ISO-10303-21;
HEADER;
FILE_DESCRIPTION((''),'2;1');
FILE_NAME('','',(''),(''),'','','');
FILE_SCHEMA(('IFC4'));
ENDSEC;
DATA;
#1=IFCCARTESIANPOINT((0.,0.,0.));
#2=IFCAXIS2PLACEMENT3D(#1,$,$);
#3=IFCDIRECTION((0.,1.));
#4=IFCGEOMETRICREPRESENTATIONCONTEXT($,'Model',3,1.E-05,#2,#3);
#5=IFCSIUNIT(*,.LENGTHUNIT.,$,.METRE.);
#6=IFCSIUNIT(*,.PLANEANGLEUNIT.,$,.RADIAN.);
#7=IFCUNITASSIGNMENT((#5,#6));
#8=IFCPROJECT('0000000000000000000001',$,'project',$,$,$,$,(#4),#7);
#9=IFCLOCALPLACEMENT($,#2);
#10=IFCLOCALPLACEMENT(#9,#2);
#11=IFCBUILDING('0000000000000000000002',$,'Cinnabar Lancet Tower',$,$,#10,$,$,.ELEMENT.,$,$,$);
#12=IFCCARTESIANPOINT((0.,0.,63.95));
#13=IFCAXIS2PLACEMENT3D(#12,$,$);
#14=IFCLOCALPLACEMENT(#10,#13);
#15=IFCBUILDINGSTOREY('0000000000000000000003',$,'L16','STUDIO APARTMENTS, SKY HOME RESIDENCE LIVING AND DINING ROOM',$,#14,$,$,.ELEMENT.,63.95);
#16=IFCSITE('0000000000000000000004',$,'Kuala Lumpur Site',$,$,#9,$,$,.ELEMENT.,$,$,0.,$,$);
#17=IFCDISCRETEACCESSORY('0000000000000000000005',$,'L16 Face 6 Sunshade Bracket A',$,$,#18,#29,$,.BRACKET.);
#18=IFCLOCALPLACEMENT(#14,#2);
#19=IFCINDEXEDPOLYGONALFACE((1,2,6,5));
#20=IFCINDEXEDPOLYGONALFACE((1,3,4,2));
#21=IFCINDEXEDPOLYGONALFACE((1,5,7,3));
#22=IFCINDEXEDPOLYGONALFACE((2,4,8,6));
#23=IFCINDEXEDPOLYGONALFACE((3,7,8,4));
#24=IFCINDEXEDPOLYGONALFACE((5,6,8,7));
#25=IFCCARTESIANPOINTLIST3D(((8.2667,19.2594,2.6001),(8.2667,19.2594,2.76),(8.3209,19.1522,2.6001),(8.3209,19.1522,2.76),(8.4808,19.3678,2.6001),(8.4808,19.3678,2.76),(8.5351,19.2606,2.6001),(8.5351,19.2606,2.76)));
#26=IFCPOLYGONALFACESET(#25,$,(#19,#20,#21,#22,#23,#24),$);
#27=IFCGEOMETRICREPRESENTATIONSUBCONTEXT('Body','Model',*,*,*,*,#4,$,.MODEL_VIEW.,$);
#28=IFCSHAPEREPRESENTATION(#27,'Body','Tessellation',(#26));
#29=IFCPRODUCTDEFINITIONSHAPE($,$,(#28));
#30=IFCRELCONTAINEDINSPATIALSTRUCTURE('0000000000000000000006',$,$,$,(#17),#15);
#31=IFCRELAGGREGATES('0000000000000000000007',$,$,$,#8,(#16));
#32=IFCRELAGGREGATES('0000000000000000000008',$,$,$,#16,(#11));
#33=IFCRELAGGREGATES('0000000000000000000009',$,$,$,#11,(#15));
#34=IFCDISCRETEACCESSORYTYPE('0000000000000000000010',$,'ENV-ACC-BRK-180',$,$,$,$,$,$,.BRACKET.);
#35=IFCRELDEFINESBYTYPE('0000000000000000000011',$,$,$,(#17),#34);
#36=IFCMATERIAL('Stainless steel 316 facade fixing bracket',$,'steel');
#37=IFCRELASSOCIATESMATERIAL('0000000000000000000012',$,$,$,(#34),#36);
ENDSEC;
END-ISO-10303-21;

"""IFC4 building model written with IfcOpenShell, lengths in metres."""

from ifc_helpers import new_model, si_unit, direction, frame, origin, origin_2d, place, context, subcontext, project, spatial, rectangle, extrude, material, type_object, element, save


model = new_model("IFC4")

# Units and contexts
model_context = context("Model", 3, precision=1e-05, world=origin(), true_north=direction((0.0, 1.0)))
body_context = subcontext(model_context, "Body", "Model", "MODEL_VIEW")
ifc_project = project(units=[si_unit("LENGTHUNIT", "METRE"), si_unit("PLANEANGLEUNIT", "RADIAN")], contexts=[model_context])

# Site, building, storey
site_placement = place(None, origin())
site = spatial("IfcSite", under=ifc_project, at=site_placement, Name="Kuala Lumpur Site", CompositionType="ELEMENT", RefElevation=0.0)
building_placement = place(site_placement, origin())
building = spatial("IfcBuilding", under=site, at=building_placement, Name="Cinnabar Lancet Tower", CompositionType="ELEMENT")
storey_placement = place(building_placement, frame((0.0, 0.0, 63.95)))
storey = spatial("IfcBuildingStorey", under=building, at=storey_placement, Name="L16", Description="STUDIO APARTMENTS, SKY HOME RESIDENCE LIVING AND DINING ROOM", CompositionType="ELEMENT", Elevation=63.95)

# Discrete accessory
ifc_material_1 = material(Name="Stainless steel 316 facade fixing bracket", Category="steel")
discrete_accessory_type = type_object("IfcDiscreteAccessoryType", Name="ENV-ACC-BRK-180", PredefinedType="BRACKET", material=ifc_material_1)
discrete_accessory_placement = place(storey_placement, frame((8.4009, 19.26, 2.6001), z_axis=(0.0, 0.0, 1.0), x_axis=(0.451501, -0.892271, 0.0)))
element("IfcDiscreteAccessory", 1, at=discrete_accessory_placement, inside=storey, type_object=discrete_accessory_type, Name="L16 Face 6 Sunshade Bracket A", PredefinedType="BRACKET", context=body_context, shape_type="SweptSolid", body=[
    extrude(rectangle(XDim=0.1201, YDim=0.24, at=origin_2d()), origin(), (0.0, 0.0, 1.0), 0.1599),
])

save(model, "model.ifc")
